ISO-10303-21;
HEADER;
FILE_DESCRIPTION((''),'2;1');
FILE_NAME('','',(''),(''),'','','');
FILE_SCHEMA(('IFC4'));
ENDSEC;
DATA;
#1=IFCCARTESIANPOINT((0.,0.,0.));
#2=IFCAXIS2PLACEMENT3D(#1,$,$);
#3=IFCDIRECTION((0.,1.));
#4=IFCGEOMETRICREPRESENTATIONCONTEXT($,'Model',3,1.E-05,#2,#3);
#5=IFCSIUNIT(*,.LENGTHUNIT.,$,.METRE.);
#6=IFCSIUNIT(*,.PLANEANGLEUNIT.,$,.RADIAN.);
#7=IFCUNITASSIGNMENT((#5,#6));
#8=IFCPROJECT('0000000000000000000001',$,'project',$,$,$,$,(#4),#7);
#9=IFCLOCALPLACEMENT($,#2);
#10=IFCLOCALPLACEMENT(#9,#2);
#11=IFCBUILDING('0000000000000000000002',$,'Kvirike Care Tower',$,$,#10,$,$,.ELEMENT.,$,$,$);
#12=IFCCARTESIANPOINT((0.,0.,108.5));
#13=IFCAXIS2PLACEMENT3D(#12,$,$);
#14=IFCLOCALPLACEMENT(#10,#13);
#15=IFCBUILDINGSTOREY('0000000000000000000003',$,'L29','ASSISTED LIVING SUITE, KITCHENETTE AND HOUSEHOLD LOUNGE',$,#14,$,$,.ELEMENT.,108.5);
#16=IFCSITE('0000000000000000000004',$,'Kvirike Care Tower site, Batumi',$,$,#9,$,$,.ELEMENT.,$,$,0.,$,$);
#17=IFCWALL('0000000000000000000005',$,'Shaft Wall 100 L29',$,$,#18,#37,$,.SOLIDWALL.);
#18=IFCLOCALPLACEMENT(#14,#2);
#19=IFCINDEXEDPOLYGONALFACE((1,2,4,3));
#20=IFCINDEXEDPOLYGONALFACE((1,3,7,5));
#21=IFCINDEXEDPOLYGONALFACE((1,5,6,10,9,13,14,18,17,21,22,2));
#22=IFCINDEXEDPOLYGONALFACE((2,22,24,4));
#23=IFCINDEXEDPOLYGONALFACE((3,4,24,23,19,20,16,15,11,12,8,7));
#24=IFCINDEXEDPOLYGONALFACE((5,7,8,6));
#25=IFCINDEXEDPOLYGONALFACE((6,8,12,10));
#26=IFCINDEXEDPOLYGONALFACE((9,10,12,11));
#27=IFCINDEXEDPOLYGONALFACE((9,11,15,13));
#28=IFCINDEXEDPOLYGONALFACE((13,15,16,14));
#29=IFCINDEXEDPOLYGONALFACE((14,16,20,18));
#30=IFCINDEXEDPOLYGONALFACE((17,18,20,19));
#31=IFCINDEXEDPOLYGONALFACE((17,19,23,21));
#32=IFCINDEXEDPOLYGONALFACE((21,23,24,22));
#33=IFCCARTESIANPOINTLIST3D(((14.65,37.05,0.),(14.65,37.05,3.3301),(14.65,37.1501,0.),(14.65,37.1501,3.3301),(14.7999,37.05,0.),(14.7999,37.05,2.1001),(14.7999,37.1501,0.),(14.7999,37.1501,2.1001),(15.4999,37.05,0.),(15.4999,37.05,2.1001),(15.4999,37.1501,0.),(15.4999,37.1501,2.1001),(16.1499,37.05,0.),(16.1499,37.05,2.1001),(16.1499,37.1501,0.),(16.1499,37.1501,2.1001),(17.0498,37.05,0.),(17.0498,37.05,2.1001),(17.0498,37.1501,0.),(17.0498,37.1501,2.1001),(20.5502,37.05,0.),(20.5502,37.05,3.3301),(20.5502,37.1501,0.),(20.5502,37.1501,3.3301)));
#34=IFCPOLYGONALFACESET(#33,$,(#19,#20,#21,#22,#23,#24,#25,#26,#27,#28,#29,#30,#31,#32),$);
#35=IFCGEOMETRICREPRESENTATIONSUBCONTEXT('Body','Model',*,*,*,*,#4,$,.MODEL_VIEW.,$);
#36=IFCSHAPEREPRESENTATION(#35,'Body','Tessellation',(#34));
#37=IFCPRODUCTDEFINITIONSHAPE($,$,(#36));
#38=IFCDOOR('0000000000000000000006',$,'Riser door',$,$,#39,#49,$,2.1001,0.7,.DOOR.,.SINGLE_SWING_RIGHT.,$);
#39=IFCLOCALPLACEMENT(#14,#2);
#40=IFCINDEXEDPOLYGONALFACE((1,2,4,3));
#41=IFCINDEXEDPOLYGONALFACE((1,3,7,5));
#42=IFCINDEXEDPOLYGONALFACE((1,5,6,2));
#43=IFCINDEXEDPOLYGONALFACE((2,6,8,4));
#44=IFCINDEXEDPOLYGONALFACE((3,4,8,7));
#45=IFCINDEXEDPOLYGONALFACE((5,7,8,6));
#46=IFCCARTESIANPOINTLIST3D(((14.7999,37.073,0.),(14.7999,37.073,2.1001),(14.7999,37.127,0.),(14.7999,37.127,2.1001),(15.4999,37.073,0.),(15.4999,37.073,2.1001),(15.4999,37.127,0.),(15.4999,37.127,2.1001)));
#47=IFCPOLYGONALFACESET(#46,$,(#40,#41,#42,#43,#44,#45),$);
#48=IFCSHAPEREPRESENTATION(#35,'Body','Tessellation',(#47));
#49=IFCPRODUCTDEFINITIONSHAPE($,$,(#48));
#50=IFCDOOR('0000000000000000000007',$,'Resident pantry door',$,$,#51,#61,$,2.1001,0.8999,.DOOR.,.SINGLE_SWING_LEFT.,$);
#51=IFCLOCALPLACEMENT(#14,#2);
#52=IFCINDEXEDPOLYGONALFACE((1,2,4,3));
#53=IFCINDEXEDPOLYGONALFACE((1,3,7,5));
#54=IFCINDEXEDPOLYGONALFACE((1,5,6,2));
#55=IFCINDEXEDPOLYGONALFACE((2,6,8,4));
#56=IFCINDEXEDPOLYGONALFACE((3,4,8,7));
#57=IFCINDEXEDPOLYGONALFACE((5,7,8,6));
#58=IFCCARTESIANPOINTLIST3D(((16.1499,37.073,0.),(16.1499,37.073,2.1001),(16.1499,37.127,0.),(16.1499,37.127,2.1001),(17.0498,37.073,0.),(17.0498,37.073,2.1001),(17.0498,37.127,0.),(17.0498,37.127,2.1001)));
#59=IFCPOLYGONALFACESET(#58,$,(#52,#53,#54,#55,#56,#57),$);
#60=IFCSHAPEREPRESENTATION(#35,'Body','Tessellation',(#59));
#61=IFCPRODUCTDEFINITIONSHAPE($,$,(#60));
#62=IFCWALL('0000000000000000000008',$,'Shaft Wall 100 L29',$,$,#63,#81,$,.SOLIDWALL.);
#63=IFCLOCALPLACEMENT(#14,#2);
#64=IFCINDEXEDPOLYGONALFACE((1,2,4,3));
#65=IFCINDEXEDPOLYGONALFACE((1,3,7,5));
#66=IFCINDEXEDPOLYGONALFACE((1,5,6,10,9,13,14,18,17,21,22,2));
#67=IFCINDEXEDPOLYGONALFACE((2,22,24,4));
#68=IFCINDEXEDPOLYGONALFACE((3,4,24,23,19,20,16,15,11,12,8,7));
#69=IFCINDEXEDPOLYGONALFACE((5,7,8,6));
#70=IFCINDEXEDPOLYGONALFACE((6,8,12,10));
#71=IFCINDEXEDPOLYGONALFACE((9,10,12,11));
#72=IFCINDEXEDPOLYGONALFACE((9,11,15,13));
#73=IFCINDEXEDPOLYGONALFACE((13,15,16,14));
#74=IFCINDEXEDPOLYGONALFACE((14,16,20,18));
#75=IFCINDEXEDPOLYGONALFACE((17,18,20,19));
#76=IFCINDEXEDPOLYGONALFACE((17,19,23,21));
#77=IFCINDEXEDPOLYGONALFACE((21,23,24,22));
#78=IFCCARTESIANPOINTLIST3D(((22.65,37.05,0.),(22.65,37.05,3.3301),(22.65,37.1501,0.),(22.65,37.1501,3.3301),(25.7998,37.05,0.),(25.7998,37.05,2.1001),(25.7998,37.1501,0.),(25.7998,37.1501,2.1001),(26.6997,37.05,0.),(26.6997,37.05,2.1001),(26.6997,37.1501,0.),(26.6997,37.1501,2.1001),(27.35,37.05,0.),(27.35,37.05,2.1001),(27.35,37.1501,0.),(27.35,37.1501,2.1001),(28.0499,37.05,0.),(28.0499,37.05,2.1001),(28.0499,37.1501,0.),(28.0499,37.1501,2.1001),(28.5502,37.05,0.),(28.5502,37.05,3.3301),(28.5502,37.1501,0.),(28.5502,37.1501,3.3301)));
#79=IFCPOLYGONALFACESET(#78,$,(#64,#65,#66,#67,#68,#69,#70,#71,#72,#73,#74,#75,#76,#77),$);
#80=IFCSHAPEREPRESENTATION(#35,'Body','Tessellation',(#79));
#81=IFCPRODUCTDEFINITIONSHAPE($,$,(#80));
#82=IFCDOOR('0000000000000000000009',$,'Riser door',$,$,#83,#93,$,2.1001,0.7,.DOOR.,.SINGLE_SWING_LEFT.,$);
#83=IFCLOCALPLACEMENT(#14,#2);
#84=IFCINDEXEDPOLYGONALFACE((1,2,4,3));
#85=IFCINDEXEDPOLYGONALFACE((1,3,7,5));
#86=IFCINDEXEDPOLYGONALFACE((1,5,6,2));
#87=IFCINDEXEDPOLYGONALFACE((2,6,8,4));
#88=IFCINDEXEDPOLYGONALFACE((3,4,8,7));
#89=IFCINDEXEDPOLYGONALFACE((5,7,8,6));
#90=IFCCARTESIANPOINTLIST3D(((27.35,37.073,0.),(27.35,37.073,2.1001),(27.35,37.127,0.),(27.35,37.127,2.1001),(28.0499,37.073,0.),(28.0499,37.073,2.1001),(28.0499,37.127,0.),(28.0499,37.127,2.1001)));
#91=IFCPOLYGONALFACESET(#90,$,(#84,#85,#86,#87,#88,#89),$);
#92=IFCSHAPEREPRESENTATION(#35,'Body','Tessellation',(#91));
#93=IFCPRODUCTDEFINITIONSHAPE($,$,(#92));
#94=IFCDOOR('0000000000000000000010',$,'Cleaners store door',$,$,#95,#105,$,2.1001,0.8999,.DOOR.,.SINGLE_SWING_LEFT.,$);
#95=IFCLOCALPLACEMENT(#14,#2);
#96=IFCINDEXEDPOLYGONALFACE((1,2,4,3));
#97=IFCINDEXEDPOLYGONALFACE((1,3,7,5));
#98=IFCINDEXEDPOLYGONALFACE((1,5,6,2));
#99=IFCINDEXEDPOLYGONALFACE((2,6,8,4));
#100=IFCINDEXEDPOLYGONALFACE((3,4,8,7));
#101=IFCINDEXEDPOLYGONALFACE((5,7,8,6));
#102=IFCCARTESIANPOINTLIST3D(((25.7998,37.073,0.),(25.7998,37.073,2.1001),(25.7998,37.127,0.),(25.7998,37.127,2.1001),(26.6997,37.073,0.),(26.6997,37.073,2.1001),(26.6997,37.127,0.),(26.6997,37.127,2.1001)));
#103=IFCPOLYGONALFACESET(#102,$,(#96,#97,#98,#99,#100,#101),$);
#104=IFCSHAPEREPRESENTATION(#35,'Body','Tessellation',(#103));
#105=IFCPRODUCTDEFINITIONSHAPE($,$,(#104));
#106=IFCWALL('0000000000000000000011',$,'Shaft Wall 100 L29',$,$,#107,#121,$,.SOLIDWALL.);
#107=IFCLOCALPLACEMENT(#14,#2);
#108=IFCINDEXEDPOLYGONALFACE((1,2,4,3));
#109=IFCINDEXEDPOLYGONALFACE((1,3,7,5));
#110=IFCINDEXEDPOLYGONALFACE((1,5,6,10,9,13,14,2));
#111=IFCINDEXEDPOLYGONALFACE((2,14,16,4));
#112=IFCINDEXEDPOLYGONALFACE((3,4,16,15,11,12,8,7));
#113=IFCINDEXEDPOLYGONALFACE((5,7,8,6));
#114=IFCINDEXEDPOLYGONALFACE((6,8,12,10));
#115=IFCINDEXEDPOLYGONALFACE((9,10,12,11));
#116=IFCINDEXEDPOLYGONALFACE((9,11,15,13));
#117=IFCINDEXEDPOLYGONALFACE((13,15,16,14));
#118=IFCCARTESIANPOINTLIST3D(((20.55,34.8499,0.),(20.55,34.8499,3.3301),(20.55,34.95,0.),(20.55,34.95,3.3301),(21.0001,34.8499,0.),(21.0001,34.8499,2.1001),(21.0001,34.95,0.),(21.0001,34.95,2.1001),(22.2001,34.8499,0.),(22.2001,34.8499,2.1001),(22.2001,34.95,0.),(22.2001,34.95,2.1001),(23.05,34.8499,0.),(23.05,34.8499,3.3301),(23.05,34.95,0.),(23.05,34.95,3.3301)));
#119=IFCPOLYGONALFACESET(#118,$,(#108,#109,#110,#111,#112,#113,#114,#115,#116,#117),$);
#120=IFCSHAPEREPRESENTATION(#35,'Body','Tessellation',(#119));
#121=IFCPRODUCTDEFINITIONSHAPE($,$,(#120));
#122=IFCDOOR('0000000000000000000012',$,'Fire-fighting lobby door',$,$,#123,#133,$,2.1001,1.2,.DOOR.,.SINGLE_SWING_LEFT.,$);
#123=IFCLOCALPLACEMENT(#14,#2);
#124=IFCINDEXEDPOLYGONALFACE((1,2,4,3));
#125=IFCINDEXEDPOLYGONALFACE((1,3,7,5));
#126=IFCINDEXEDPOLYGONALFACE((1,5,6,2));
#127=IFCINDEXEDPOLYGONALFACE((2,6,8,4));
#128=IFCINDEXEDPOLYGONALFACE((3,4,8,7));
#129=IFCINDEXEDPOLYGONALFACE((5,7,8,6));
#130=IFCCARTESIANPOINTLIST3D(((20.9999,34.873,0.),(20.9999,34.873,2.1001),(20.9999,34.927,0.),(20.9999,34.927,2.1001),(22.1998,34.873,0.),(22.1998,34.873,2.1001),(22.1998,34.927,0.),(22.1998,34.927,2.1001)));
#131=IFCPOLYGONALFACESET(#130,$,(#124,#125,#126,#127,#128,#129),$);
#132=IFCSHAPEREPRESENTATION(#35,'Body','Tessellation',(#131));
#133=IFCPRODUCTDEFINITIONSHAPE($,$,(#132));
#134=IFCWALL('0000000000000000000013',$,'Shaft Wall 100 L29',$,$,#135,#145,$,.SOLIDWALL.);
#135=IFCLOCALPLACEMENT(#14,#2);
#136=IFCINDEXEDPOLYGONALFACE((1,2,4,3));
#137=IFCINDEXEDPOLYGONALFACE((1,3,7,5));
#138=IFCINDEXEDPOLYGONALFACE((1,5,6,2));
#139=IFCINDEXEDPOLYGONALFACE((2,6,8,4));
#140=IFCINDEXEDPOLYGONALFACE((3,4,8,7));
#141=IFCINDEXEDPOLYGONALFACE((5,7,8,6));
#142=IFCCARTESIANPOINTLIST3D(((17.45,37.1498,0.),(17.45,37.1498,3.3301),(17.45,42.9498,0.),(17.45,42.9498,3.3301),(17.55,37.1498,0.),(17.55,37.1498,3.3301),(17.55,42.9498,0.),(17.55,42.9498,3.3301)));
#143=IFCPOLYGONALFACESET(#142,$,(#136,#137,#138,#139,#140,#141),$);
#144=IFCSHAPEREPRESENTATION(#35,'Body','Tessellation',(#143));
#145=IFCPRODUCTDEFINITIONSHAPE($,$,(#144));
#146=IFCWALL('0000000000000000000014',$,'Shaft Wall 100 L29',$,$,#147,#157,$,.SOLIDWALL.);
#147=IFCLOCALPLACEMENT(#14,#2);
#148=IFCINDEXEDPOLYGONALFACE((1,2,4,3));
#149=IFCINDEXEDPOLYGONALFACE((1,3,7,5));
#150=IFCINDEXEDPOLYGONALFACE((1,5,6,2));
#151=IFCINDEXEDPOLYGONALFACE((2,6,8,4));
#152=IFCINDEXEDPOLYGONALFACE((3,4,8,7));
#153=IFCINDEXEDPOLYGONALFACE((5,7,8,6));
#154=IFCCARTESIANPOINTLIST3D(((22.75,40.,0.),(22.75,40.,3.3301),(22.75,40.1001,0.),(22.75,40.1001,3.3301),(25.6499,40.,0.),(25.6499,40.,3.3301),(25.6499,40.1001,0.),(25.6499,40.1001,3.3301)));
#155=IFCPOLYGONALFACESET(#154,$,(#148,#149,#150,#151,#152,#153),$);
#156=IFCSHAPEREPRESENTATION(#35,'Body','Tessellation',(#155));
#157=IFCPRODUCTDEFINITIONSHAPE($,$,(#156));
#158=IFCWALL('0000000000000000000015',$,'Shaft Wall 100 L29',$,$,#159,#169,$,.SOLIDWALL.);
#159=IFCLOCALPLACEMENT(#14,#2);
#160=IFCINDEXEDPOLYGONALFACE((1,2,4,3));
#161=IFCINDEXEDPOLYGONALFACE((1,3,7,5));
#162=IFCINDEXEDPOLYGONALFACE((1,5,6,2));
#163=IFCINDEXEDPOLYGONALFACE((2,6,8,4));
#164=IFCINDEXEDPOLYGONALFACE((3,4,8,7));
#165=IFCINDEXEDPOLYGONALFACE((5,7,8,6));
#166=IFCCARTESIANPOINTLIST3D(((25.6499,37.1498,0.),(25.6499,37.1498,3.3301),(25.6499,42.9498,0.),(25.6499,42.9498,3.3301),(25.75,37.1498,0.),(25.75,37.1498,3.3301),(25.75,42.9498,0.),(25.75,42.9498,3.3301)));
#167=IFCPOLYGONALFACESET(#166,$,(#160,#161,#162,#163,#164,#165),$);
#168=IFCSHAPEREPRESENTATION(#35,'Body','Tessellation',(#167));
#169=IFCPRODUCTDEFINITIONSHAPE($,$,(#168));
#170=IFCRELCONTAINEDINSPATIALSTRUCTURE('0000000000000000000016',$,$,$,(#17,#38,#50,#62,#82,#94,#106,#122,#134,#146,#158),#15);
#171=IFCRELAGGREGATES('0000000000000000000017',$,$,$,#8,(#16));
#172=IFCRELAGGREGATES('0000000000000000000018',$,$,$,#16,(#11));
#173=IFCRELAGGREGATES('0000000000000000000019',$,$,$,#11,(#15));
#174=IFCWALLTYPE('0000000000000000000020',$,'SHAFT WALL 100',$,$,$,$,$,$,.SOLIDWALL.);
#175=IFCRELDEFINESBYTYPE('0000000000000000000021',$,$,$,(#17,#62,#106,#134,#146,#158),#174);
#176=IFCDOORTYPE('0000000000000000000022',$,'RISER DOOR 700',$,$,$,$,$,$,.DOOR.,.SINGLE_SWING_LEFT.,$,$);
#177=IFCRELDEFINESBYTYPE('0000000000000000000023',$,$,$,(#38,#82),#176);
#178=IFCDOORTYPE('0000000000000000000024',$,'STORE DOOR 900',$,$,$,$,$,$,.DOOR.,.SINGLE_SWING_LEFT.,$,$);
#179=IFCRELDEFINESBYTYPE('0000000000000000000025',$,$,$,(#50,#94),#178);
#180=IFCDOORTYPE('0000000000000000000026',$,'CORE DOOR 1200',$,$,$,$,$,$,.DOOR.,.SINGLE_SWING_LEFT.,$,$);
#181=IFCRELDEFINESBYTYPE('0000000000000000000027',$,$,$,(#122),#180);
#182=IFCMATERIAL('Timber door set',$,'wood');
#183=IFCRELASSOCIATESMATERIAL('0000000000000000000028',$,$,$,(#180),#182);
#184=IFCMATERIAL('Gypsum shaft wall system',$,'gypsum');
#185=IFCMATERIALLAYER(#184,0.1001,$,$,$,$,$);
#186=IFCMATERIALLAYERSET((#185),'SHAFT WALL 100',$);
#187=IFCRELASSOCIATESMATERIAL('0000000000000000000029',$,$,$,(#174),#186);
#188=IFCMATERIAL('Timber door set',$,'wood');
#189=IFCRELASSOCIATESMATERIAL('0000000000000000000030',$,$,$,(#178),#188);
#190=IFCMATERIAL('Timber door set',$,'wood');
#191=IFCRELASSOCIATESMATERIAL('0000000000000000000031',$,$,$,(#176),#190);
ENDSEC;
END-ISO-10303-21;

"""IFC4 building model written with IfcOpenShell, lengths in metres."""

from ifc_helpers import new_model, si_unit, direction, frame, frame_2d, origin, place, context, subcontext, project, spatial, rectangle, extrude, material, layer, layer_set, type_object, element, fill, save


model = new_model("IFC4")

# Units and contexts
model_context = context("Model", 3, precision=1e-05, world=origin(), true_north=direction((0.0, 1.0)))
body_context = subcontext(model_context, "Body", "Model", "MODEL_VIEW")
ifc_project = project(units=[si_unit("LENGTHUNIT", "METRE"), si_unit("PLANEANGLEUNIT", "RADIAN")], contexts=[model_context])

# Site, building, storey
site_placement = place(None, origin())
site = spatial("IfcSite", under=ifc_project, at=site_placement, Name="Kvirike Care Tower site, Batumi", CompositionType="ELEMENT", RefElevation=0.0)
building_placement = place(site_placement, origin())
building = spatial("IfcBuilding", under=site, at=building_placement, Name="Kvirike Care Tower", CompositionType="ELEMENT")
storey_placement = place(building_placement, frame((0.0, 0.0, 108.5)))
storey = spatial("IfcBuildingStorey", under=building, at=storey_placement, Name="L29", Description="ASSISTED LIVING SUITE, KITCHENETTE AND HOUSEHOLD LOUNGE", CompositionType="ELEMENT", Elevation=108.5)

# Shared definitions
ifc_material_1 = material(Name="Timber door set", Category="wood")
door_type_1 = type_object("IfcDoorType", Name="CORE DOOR 1200", OperationType="SINGLE_SWING_LEFT", PredefinedType="DOOR", material=ifc_material_1)

# Shared definitions
ifc_material_2 = material(Name="Gypsum shaft wall system", Category="gypsum")
ifc_layer_1 = layer(ifc_material_2, 0.1001)
ifc_layer_set_1 = layer_set([ifc_layer_1], Name="SHAFT WALL 100")
wall_type_1 = type_object("IfcWallType", Name="SHAFT WALL 100", PredefinedType="SOLIDWALL", material=ifc_layer_set_1)

# Shared definitions
ifc_material_3 = material(Name="Timber door set", Category="wood")
door_type_2 = type_object("IfcDoorType", Name="STORE DOOR 900", OperationType="SINGLE_SWING_LEFT", PredefinedType="DOOR", material=ifc_material_3)

# Shared definitions
ifc_material_4 = material(Name="Timber door set", Category="wood")
door_type_3 = type_object("IfcDoorType", Name="RISER DOOR 700", OperationType="SINGLE_SWING_LEFT", PredefinedType="DOOR", material=ifc_material_4)

# Walls, openings, doors
wall_1_placement = place(storey_placement, frame((14.6499, 37.1001, 0.0), z_axis=(0.0, 0.0, 1.0), x_axis=(1.0, 0.0, 0.0)))
wall_1 = element("IfcWall", 1, at=wall_1_placement, inside=storey, type_object=wall_type_1, Name="Shaft Wall 100 L29", PredefinedType="SOLIDWALL", context=body_context, shape_type="SweptSolid", body=[
    extrude(rectangle(XDim=5.9001, YDim=0.1001, at=frame_2d((2.9502, 0.0))), origin(), (0.0, 0.0, 1.0), 3.3301),
])
opening_1_placement = place(wall_1_placement, frame((0.1499, 0.0, 0.0)))
opening_1 = element("IfcOpeningElement", 2, at=opening_1_placement, cuts=wall_1, PredefinedType="OPENING", context=body_context, shape_type="SweptSolid", body=[
    extrude(rectangle(XDim=0.7, YDim=2.1001, at=frame_2d((0.3501, 1.05))), frame((0.0, 0.0605, 0.0), z_axis=(0.0, -1.0, 0.0), x_axis=(1.0, 0.0, 0.0)), (0.0, 0.0, 1.0), 0.1211),
])
opening_2_placement = place(wall_1_placement, frame((1.5, 0.0, 0.0)))
opening_2 = element("IfcOpeningElement", 3, at=opening_2_placement, cuts=wall_1, PredefinedType="OPENING", context=body_context, shape_type="SweptSolid", body=[
    extrude(rectangle(XDim=0.8999, YDim=2.1001, at=frame_2d((0.45, 1.05))), frame((0.0, 0.0605, 0.0), z_axis=(0.0, -1.0, 0.0), x_axis=(1.0, 0.0, 0.0)), (0.0, 0.0, 1.0), 0.1211),
])
door_1_placement = place(opening_1_placement, origin())
door_1 = element("IfcDoor", 4, at=door_1_placement, inside=storey, type_object=door_type_3, Name="Riser door", OperationType="SINGLE_SWING_RIGHT", OverallHeight=2.1001, OverallWidth=0.7, PredefinedType="DOOR", context=body_context, shape_type="SweptSolid", body=[
    extrude(rectangle(XDim=0.7, YDim=2.1001, at=frame_2d((0.3501, 1.05))), frame((0.0, 0.0269, 0.0), z_axis=(0.0, -1.0, 0.0), x_axis=(1.0, 0.0, 0.0)), (0.0, 0.0, 1.0), 0.054),
])
fill(opening_1, door_1)
door_2_placement = place(opening_2_placement, origin())
door_2 = element("IfcDoor", 5, at=door_2_placement, inside=storey, type_object=door_type_2, Name="Resident pantry door", OperationType="SINGLE_SWING_LEFT", OverallHeight=2.1001, OverallWidth=0.8999, PredefinedType="DOOR", context=body_context, shape_type="SweptSolid", body=[
    extrude(rectangle(XDim=0.8999, YDim=2.1001, at=frame_2d((0.45, 1.05))), frame((0.0, 0.0269, 0.0), z_axis=(0.0, -1.0, 0.0), x_axis=(1.0, 0.0, 0.0)), (0.0, 0.0, 1.0), 0.054),
])
fill(opening_2, door_2)
wall_2_placement = place(storey_placement, frame((22.6499, 37.1001, 0.0), z_axis=(0.0, 0.0, 1.0), x_axis=(1.0, 0.0, 0.0)))
wall_2 = element("IfcWall", 6, at=wall_2_placement, inside=storey, type_object=wall_type_1, Name="Shaft Wall 100 L29", PredefinedType="SOLIDWALL", context=body_context, shape_type="SweptSolid", body=[
    extrude(rectangle(XDim=5.9001, YDim=0.1001, at=frame_2d((2.9502, 0.0))), origin(), (0.0, 0.0, 1.0), 3.3301),
])
opening_3_placement = place(wall_2_placement, frame((3.1499, 0.0, 0.0)))
opening_3 = element("IfcOpeningElement", 7, at=opening_3_placement, cuts=wall_2, PredefinedType="OPENING", context=body_context, shape_type="SweptSolid", body=[
    extrude(rectangle(XDim=0.8999, YDim=2.1001, at=frame_2d((0.45, 1.05))), frame((0.0, 0.0605, 0.0), z_axis=(0.0, -1.0, 0.0), x_axis=(1.0, 0.0, 0.0)), (0.0, 0.0, 1.0), 0.1211),
])
opening_4_placement = place(wall_2_placement, frame((4.7, 0.0, 0.0)))
opening_4 = element("IfcOpeningElement", 8, at=opening_4_placement, cuts=wall_2, PredefinedType="OPENING", context=body_context, shape_type="SweptSolid", body=[
    extrude(rectangle(XDim=0.7, YDim=2.1001, at=frame_2d((0.3501, 1.05))), frame((0.0, 0.0605, 0.0), z_axis=(0.0, -1.0, 0.0), x_axis=(1.0, 0.0, 0.0)), (0.0, 0.0, 1.0), 0.1211),
])
door_3_placement = place(opening_4_placement, origin())
door_3 = element("IfcDoor", 9, at=door_3_placement, inside=storey, type_object=door_type_3, Name="Riser door", OperationType="SINGLE_SWING_LEFT", OverallHeight=2.1001, OverallWidth=0.7, PredefinedType="DOOR", context=body_context, shape_type="SweptSolid", body=[
    extrude(rectangle(XDim=0.7, YDim=2.1001, at=frame_2d((0.3501, 1.05))), frame((0.0, 0.0269, 0.0), z_axis=(0.0, -1.0, 0.0), x_axis=(1.0, 0.0, 0.0)), (0.0, 0.0, 1.0), 0.054),
])
fill(opening_4, door_3)
door_4_placement = place(opening_3_placement, origin())
door_4 = element("IfcDoor", 10, at=door_4_placement, inside=storey, type_object=door_type_2, Name="Cleaners store door", OperationType="SINGLE_SWING_LEFT", OverallHeight=2.1001, OverallWidth=0.8999, PredefinedType="DOOR", context=body_context, shape_type="SweptSolid", body=[
    extrude(rectangle(XDim=0.8999, YDim=2.1001, at=frame_2d((0.45, 1.05))), frame((0.0, 0.0269, 0.0), z_axis=(0.0, -1.0, 0.0), x_axis=(1.0, 0.0, 0.0)), (0.0, 0.0, 1.0), 0.054),
])
fill(opening_3, door_4)

# Wall, opening, door
wall_3_placement = place(storey_placement, frame((20.55, 34.8999, 0.0), z_axis=(0.0, 0.0, 1.0), x_axis=(1.0, 0.0, 0.0)))
wall_3 = element("IfcWall", 11, at=wall_3_placement, inside=storey, type_object=wall_type_1, Name="Shaft Wall 100 L29", PredefinedType="SOLIDWALL", context=body_context, shape_type="SweptSolid", body=[
    extrude(rectangle(XDim=2.5, YDim=0.1001, at=frame_2d((1.25, 0.0))), origin(), (0.0, 0.0, 1.0), 3.3301),
])
opening_5_placement = place(wall_3_placement, frame((0.45, 0.0, 0.0)))
opening_5 = element("IfcOpeningElement", 12, at=opening_5_placement, cuts=wall_3, PredefinedType="OPENING", context=body_context, shape_type="SweptSolid", body=[
    extrude(rectangle(XDim=1.2, YDim=2.1001, at=frame_2d((0.6001, 1.05))), frame((0.0, 0.0605, 0.0), z_axis=(0.0, -1.0, 0.0), x_axis=(1.0, 0.0, 0.0)), (0.0, 0.0, 1.0), 0.1211),
])
door_5_placement = place(opening_5_placement, frame((1.2, 0.0, 0.0), z_axis=(0.0, 0.0, 1.0), x_axis=(-1.0, 0.0, 0.0)))
door_5 = element("IfcDoor", 13, at=door_5_placement, inside=storey, type_object=door_type_1, Name="Fire-fighting lobby door", OperationType="SINGLE_SWING_LEFT", OverallHeight=2.1001, OverallWidth=1.2, PredefinedType="DOOR", context=body_context, shape_type="SweptSolid", body=[
    extrude(rectangle(XDim=1.2, YDim=2.1001, at=frame_2d((0.6001, 1.05))), frame((0.0, 0.0269, 0.0), z_axis=(0.0, -1.0, 0.0), x_axis=(1.0, 0.0, 0.0)), (0.0, 0.0, 1.0), 0.054),
])
fill(opening_5, door_5)

# Walls
wall_4_placement = place(storey_placement, frame((17.5, 37.1499, 0.0), z_axis=(0.0, 0.0, 1.0), x_axis=(0.0, 1.0, 0.0)))
element("IfcWall", 14, at=wall_4_placement, inside=storey, type_object=wall_type_1, Name="Shaft Wall 100 L29", PredefinedType="SOLIDWALL", context=body_context, shape_type="SweptSolid", body=[
    extrude(rectangle(XDim=5.8, YDim=0.1001, at=frame_2d((2.8999, 0.0))), origin(), (0.0, 0.0, 1.0), 3.3301),
])
wall_5_placement = place(storey_placement, frame((22.75, 40.05, 0.0), z_axis=(0.0, 0.0, 1.0), x_axis=(1.0, 0.0, 0.0)))
element("IfcWall", 15, at=wall_5_placement, inside=storey, type_object=wall_type_1, Name="Shaft Wall 100 L29", PredefinedType="SOLIDWALL", context=body_context, shape_type="SweptSolid", body=[
    extrude(rectangle(XDim=2.8999, YDim=0.1001, at=frame_2d((1.45, 0.0))), origin(), (0.0, 0.0, 1.0), 3.3301),
])
wall_6_placement = place(storey_placement, frame((25.7, 37.1499, 0.0), z_axis=(0.0, 0.0, 1.0), x_axis=(0.0, 1.0, 0.0)))
element("IfcWall", 16, at=wall_6_placement, inside=storey, type_object=wall_type_1, Name="Shaft Wall 100 L29", PredefinedType="SOLIDWALL", context=body_context, shape_type="SweptSolid", body=[
    extrude(rectangle(XDim=5.8, YDim=0.1001, at=frame_2d((2.8999, 0.0))), origin(), (0.0, 0.0, 1.0), 3.3301),
])

save(model, "model.ifc")
